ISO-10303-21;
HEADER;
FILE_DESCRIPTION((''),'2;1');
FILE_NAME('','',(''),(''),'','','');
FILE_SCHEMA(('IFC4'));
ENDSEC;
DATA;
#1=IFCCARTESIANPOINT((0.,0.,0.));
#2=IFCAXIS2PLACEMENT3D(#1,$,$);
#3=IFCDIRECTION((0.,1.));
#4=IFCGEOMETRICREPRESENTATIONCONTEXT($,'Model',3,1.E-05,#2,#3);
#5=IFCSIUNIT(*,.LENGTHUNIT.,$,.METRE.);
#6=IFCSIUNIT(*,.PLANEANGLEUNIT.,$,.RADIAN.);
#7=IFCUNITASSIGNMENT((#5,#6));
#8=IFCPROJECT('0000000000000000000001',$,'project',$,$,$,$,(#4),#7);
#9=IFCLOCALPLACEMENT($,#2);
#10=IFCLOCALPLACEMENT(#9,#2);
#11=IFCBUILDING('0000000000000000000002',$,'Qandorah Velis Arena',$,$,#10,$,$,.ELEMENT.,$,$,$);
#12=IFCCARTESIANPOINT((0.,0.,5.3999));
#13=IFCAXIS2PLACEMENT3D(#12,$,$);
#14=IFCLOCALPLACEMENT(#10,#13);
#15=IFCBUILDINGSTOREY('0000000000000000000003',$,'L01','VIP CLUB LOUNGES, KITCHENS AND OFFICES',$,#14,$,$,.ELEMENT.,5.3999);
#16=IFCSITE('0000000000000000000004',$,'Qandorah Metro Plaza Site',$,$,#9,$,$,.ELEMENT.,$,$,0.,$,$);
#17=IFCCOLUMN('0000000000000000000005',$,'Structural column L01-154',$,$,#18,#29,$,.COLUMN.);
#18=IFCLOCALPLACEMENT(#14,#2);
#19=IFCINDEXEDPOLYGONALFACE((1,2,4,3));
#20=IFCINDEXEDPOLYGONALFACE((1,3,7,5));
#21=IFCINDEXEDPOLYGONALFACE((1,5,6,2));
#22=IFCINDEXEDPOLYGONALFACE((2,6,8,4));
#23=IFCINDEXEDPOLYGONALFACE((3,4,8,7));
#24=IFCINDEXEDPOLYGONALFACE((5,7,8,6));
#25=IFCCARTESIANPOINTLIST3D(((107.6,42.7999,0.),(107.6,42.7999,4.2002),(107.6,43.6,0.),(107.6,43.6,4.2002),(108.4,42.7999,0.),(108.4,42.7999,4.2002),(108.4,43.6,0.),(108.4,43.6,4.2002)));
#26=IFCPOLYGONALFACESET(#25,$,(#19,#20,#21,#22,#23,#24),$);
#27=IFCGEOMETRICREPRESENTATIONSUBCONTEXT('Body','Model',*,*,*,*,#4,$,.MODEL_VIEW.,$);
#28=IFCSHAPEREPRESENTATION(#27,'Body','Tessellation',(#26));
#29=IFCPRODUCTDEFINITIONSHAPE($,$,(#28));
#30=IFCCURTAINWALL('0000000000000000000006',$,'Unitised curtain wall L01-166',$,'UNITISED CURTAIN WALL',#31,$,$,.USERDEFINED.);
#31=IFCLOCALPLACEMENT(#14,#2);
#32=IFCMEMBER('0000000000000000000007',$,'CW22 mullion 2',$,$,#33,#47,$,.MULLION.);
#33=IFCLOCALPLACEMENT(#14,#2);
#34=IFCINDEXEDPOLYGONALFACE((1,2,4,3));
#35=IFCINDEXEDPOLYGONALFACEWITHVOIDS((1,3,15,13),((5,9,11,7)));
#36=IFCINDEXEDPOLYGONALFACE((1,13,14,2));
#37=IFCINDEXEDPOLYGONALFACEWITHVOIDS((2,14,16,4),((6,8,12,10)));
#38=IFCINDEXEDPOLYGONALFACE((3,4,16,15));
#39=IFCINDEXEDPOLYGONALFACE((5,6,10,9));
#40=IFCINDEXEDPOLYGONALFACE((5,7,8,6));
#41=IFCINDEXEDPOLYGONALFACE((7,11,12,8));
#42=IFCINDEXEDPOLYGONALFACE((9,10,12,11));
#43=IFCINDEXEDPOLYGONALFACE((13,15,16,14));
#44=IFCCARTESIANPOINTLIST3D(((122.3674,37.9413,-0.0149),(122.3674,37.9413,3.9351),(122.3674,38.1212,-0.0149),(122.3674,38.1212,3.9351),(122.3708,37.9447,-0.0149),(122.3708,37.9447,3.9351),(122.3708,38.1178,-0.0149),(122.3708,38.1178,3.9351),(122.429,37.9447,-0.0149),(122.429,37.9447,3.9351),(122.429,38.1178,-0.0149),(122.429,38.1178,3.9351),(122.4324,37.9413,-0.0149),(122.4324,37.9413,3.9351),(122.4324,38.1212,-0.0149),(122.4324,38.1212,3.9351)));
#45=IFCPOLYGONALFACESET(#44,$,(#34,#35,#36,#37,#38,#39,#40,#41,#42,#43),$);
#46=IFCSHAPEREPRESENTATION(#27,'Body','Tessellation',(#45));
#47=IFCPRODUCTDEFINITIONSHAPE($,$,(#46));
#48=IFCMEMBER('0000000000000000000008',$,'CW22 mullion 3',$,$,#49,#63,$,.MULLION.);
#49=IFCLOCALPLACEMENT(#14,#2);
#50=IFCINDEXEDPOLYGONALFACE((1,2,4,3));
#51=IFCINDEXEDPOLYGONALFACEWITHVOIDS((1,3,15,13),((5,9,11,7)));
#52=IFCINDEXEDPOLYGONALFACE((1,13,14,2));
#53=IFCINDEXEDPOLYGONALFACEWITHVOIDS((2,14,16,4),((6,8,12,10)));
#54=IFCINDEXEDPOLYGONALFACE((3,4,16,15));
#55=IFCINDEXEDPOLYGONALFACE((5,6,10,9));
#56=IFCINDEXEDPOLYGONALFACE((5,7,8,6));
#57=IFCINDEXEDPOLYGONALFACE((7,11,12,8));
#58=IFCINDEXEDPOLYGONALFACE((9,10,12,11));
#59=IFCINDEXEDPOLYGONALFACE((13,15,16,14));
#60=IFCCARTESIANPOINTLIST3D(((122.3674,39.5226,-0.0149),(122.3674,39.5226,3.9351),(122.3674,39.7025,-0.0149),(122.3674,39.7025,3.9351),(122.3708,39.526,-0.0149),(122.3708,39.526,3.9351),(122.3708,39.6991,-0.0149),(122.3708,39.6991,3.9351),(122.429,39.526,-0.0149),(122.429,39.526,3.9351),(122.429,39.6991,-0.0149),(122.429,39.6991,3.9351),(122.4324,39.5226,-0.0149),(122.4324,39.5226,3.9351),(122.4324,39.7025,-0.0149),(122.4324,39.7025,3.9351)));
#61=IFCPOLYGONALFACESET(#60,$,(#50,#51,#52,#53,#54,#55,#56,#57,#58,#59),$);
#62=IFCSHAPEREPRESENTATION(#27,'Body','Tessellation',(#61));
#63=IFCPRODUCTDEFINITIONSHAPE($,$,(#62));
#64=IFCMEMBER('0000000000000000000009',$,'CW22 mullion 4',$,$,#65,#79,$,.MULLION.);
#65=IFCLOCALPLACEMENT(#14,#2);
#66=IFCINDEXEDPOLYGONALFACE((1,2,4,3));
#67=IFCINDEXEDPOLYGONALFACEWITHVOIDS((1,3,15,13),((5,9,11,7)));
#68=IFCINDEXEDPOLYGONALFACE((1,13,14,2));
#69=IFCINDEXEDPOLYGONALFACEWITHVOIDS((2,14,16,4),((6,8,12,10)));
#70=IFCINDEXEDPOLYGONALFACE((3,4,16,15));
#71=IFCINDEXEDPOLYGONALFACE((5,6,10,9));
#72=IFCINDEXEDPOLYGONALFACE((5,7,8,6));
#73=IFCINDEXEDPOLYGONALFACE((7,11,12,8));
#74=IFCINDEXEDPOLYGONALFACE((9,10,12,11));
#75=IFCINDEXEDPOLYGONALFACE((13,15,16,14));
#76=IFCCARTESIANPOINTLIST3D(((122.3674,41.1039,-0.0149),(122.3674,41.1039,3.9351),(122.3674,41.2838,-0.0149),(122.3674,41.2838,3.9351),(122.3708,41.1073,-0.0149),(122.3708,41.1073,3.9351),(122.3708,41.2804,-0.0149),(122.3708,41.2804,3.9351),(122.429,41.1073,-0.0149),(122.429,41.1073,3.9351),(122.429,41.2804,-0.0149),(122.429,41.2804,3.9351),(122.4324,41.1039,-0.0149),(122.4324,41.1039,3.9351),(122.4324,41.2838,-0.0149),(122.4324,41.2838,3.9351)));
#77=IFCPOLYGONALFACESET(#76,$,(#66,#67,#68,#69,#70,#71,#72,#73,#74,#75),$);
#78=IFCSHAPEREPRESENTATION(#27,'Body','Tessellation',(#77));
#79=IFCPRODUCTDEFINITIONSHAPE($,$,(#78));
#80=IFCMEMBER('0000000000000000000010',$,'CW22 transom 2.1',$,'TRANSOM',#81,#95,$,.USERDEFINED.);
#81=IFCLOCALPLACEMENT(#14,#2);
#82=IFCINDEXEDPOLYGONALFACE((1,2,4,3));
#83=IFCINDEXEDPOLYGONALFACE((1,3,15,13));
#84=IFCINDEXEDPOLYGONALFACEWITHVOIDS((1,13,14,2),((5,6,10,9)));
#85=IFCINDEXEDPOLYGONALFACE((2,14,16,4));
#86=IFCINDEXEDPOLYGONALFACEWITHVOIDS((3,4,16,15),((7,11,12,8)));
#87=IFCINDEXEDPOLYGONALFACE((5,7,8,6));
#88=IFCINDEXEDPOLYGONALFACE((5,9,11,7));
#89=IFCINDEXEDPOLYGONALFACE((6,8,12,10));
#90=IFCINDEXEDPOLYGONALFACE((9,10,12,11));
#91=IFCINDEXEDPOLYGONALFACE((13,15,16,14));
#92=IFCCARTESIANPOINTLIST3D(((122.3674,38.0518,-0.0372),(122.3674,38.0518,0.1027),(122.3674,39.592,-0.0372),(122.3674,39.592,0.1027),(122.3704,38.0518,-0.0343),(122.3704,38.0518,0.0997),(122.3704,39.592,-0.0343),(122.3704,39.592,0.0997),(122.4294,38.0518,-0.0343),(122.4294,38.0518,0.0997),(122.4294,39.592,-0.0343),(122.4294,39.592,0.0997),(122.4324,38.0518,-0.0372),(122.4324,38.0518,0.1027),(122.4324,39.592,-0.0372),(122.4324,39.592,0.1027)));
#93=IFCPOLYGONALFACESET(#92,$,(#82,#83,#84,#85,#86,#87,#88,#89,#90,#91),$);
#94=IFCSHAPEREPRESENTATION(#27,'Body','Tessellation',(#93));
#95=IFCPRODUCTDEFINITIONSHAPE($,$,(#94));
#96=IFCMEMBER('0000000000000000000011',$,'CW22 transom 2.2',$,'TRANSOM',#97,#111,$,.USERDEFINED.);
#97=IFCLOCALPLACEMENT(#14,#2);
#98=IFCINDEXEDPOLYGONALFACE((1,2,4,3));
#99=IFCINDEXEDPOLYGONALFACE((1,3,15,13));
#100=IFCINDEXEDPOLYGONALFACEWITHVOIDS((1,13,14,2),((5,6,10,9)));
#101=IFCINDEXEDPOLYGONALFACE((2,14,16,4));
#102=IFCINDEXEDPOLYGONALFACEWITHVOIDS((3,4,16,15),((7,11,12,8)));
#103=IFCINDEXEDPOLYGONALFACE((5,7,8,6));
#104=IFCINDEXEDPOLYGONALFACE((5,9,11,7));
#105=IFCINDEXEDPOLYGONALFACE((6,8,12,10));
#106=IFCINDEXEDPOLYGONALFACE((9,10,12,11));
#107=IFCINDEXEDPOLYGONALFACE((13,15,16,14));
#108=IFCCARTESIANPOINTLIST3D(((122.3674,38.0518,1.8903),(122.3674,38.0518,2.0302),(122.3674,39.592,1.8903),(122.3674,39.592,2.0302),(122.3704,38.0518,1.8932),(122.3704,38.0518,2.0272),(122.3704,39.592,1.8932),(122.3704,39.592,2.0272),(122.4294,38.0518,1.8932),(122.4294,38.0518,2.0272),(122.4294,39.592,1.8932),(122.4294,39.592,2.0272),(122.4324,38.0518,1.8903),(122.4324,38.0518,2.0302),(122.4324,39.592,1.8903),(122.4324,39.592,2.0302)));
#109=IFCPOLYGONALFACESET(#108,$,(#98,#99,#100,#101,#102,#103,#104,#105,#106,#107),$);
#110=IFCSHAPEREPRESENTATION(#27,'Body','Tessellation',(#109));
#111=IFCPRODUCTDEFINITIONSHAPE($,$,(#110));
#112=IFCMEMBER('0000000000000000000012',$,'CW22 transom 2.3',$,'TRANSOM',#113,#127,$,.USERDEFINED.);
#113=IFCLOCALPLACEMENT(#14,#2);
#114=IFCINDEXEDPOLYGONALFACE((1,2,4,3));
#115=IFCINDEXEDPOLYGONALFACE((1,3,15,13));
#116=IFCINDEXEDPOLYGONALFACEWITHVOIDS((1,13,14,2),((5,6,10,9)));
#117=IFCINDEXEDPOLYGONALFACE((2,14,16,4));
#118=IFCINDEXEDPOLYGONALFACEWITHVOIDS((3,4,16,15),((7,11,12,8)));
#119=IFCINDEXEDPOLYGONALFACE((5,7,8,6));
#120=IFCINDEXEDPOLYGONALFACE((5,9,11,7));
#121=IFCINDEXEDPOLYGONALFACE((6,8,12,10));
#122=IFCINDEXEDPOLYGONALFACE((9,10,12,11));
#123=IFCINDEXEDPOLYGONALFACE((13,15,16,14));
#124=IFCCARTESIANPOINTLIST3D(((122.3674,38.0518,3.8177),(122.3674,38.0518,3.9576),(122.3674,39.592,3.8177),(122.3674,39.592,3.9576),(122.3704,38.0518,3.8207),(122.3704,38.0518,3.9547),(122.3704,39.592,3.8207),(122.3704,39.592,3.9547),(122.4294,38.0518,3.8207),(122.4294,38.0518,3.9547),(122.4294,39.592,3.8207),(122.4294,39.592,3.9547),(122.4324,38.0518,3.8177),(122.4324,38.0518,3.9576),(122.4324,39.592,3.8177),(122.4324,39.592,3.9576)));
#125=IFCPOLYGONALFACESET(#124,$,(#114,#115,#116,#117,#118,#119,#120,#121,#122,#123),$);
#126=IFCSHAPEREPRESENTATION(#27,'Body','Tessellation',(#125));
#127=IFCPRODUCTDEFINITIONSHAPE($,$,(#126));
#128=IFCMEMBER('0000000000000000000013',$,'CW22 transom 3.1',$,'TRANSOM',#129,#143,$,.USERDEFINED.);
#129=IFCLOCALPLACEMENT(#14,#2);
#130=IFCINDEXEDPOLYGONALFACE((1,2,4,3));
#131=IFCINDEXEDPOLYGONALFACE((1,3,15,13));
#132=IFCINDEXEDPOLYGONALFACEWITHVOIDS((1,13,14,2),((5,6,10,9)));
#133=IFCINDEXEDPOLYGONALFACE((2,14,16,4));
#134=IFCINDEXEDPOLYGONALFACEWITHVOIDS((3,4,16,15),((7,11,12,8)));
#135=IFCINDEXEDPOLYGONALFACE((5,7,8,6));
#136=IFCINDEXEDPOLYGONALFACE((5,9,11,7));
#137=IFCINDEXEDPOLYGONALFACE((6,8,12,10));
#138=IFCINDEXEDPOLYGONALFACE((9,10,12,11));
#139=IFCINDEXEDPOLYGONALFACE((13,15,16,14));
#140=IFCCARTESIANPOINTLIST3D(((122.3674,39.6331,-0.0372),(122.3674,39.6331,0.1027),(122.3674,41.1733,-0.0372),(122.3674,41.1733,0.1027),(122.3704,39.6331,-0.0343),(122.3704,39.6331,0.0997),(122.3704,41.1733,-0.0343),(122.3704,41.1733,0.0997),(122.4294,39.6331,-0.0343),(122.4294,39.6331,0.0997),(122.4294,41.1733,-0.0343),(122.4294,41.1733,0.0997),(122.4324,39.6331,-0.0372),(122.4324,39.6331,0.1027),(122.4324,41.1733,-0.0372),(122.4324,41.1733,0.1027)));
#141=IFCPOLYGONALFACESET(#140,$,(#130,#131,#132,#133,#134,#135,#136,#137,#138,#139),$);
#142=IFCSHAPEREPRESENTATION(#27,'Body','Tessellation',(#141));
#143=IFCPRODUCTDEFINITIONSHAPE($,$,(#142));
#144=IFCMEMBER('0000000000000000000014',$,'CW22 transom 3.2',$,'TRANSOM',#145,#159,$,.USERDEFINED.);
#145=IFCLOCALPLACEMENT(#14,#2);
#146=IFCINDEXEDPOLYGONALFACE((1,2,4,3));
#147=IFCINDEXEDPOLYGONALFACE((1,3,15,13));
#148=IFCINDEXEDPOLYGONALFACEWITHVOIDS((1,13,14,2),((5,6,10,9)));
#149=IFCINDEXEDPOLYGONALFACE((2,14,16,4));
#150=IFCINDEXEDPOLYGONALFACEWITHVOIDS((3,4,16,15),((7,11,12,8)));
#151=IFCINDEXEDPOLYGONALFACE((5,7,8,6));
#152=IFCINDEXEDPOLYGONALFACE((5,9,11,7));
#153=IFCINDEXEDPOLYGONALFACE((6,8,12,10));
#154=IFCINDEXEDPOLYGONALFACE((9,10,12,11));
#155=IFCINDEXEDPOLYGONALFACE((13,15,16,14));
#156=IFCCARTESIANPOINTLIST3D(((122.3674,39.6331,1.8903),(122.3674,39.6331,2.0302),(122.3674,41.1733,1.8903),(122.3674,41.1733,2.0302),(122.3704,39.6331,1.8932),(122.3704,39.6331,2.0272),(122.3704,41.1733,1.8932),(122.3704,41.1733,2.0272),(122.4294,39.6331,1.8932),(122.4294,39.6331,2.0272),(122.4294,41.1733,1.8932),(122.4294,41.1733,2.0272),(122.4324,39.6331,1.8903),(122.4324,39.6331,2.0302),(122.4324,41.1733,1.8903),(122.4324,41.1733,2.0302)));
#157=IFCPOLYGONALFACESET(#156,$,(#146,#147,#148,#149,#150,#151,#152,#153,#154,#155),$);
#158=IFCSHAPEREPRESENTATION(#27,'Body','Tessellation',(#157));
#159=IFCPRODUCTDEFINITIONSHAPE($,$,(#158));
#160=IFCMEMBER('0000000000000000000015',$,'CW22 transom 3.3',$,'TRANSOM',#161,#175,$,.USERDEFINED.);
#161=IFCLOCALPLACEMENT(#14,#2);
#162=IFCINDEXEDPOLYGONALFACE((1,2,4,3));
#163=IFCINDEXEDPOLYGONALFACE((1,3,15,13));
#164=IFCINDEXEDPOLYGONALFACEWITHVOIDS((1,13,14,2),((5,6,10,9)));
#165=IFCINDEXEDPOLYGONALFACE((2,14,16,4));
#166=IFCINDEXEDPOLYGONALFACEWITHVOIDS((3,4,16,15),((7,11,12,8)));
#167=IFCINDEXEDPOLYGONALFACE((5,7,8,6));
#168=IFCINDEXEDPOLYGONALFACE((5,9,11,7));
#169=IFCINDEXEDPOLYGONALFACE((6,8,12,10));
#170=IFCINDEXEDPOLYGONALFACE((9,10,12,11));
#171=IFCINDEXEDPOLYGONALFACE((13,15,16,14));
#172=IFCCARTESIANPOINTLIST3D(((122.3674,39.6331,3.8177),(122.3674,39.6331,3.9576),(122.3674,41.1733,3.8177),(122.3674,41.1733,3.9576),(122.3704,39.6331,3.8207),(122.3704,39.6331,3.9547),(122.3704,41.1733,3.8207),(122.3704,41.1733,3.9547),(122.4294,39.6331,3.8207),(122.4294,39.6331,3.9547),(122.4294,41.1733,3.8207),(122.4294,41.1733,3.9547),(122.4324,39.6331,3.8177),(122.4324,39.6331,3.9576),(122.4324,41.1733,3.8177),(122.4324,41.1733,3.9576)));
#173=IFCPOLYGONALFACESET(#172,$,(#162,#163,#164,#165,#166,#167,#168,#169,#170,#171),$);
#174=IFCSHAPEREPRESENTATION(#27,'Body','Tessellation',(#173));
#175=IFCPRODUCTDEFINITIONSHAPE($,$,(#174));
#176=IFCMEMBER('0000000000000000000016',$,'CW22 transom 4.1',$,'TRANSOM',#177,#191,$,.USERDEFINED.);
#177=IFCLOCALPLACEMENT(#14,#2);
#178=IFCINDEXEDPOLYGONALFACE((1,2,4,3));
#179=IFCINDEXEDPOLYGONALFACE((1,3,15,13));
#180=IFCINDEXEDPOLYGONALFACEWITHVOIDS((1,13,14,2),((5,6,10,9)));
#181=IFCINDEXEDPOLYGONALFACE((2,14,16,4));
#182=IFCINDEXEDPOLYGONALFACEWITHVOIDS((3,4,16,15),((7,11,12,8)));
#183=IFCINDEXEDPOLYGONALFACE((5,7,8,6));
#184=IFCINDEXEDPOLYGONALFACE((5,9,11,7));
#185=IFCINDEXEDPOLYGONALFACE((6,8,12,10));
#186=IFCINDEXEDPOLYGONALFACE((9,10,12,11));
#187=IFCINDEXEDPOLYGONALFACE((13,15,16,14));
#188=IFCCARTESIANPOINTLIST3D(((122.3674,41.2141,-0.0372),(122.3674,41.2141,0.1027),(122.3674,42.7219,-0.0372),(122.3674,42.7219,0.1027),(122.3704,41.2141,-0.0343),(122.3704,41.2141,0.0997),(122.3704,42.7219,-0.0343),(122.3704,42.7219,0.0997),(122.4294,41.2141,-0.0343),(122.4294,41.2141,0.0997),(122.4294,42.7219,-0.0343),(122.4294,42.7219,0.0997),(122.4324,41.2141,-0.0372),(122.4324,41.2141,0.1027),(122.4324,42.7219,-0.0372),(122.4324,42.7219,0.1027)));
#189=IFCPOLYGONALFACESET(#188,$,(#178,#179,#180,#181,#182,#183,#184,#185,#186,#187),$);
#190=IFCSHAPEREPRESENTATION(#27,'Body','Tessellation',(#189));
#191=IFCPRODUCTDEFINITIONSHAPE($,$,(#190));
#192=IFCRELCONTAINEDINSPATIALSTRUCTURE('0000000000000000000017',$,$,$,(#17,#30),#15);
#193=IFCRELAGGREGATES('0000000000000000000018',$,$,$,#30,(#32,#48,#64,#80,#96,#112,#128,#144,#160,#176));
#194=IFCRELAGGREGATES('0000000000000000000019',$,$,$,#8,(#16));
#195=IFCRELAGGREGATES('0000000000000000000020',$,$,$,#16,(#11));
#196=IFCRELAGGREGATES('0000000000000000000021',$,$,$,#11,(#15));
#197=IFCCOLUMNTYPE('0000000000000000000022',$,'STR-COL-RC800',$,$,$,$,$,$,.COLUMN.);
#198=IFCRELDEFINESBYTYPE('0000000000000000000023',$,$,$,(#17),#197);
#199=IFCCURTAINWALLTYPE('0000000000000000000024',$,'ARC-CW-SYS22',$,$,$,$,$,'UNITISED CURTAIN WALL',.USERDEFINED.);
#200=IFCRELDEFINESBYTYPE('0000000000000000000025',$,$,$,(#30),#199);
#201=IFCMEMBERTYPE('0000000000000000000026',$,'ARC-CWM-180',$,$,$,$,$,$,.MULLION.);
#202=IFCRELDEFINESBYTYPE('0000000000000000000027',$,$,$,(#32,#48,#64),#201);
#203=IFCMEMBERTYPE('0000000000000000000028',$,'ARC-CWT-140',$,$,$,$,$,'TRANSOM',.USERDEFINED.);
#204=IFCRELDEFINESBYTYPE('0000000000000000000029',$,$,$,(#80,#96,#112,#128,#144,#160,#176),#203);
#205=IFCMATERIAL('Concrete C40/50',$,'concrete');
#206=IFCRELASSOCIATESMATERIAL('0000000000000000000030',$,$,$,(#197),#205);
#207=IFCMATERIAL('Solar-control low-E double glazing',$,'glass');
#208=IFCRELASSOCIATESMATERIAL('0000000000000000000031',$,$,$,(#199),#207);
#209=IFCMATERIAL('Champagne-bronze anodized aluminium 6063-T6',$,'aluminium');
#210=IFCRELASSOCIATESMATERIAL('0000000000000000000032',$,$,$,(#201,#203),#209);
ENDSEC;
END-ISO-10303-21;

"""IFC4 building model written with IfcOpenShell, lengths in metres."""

from ifc_helpers import new_model, si_unit, direction, frame, origin, origin_2d, place, context, subcontext, project, spatial, rectangle, hollow_rectangle, extrude, material, material_profile, profile_set, type_object, element, aggregate, save


model = new_model("IFC4")

# Units and contexts
model_context = context("Model", 3, precision=1e-05, world=origin(), true_north=direction((0.0, 1.0)))
body_context = subcontext(model_context, "Body", "Model", "MODEL_VIEW")
ifc_project = project(units=[si_unit("LENGTHUNIT", "METRE"), si_unit("PLANEANGLEUNIT", "RADIAN")], contexts=[model_context])

# Site, building, storey
site_placement = place(None, origin())
site = spatial("IfcSite", under=ifc_project, at=site_placement, Name="Qandorah Metro Plaza Site", CompositionType="ELEMENT", RefElevation=0.0)
building_placement = place(site_placement, origin())
building = spatial("IfcBuilding", under=site, at=building_placement, Name="Qandorah Velis Arena", CompositionType="ELEMENT")
storey_placement = place(building_placement, frame((0.0, 0.0, 5.3999)))
storey = spatial("IfcBuildingStorey", under=building, at=storey_placement, Name="L01", Description="VIP CLUB LOUNGES, KITCHENS AND OFFICES", CompositionType="ELEMENT", Elevation=5.3999)

# Column
ifc_material_1 = material(Name="Concrete C40/50", Category="concrete")
ifc_material_profile_1 = material_profile(ifc_material_1, rectangle(XDim=0.8, YDim=0.8, at=origin_2d()), Name="RC COL 800x800")
ifc_profile_set_1 = profile_set([ifc_material_profile_1], Name="Concrete C40/50")
column_type = type_object("IfcColumnType", Name="STR-COL-RC800", PredefinedType="COLUMN", material=ifc_profile_set_1)
column_placement = place(storey_placement, frame((108.0, 43.2, 0.0), z_axis=(0.0, 0.0, 1.0), x_axis=(1.0, 0.0, 0.0)))
element("IfcColumn", 1, at=column_placement, inside=storey, type_object=column_type, Name="Structural column L01-154", PredefinedType="COLUMN", context=body_context, shape_type="SweptSolid", body=[
    extrude(rectangle(XDim=0.8, YDim=0.8, at=origin_2d()), origin(), (0.0, 0.0, 1.0), 4.2002),
])

# Curtain wall, members
ifc_material_2 = material(Name="Solar-control low-E double glazing", Category="glass")
curtain_wall_type = type_object("IfcCurtainWallType", Name="ARC-CW-SYS22", ElementType="UNITISED CURTAIN WALL", PredefinedType="USERDEFINED", material=ifc_material_2)
curtain_wall_placement = place(storey_placement, origin())
curtain_wall = element("IfcCurtainWall", 2, at=curtain_wall_placement, inside=storey, type_object=curtain_wall_type, Name="Unitised curtain wall L01-166", ObjectType="UNITISED CURTAIN WALL", PredefinedType="USERDEFINED")
ifc_material_3 = material(Name="Champagne-bronze anodized aluminium 6063-T6", Category="aluminium")
ifc_material_profile_2 = material_profile(ifc_material_3, hollow_rectangle(XDim=0.0649, YDim=0.1799, WallThickness=0.0034, at=origin_2d()), Name="ALU MULLION 65x180")
ifc_profile_set_2 = profile_set([ifc_material_profile_2], Name="Champagne-bronze anodized aluminium 6063-T6")
member_type_1 = type_object("IfcMemberType", Name="ARC-CWM-180", PredefinedType="MULLION", material=ifc_profile_set_2)
member_1_placement = place(storey_placement, frame((122.3999, 38.0312, -0.0149), z_axis=(0.0, 0.0, 1.0), x_axis=(-1.0, 0.0, 0.0)))
member_1 = element("IfcMember", 3, at=member_1_placement, type_object=member_type_1, Name="CW22 mullion 2", PredefinedType="MULLION", context=body_context, shape_type="SweptSolid", body=[
    extrude(hollow_rectangle(XDim=0.0649, YDim=0.1799, WallThickness=0.0034, at=origin_2d()), origin(), (0.0, 0.0, 1.0), 3.95),
])
member_2_placement = place(storey_placement, frame((122.3999, 39.6125, -0.0149), z_axis=(0.0, 0.0, 1.0), x_axis=(-1.0, 0.0, 0.0)))
member_2 = element("IfcMember", 4, at=member_2_placement, type_object=member_type_1, Name="CW22 mullion 3", PredefinedType="MULLION", context=body_context, shape_type="SweptSolid", body=[
    extrude(hollow_rectangle(XDim=0.0649, YDim=0.1799, WallThickness=0.0034, at=origin_2d()), origin(), (0.0, 0.0, 1.0), 3.95),
])
member_3_placement = place(storey_placement, frame((122.3999, 41.1938, -0.0149), z_axis=(0.0, 0.0, 1.0), x_axis=(-1.0, 0.0, 0.0)))
member_3 = element("IfcMember", 5, at=member_3_placement, type_object=member_type_1, Name="CW22 mullion 4", PredefinedType="MULLION", context=body_context, shape_type="SweptSolid", body=[
    extrude(hollow_rectangle(XDim=0.0649, YDim=0.1799, WallThickness=0.0034, at=origin_2d()), origin(), (0.0, 0.0, 1.0), 3.95),
])
ifc_material_profile_3 = material_profile(ifc_material_3, hollow_rectangle(XDim=0.0649, YDim=0.1399, WallThickness=0.0029, at=origin_2d()), Name="ALU TRANSOM 65x140")
ifc_profile_set_3 = profile_set([ifc_material_profile_3], Name="Champagne-bronze anodized aluminium 6063-T6")
member_type_2 = type_object("IfcMemberType", Name="ARC-CWT-140", ElementType="TRANSOM", PredefinedType="USERDEFINED", material=ifc_profile_set_3)
member_4_placement = place(storey_placement, frame((122.3999, 38.0518, 0.0327), z_axis=(0.0, 1.0, 0.0), x_axis=(-1.0, 0.0, 0.0)))
member_4 = element("IfcMember", 6, at=member_4_placement, type_object=member_type_2, Name="CW22 transom 2.1", ObjectType="TRANSOM", PredefinedType="USERDEFINED", context=body_context, shape_type="SweptSolid", body=[
    extrude(hollow_rectangle(XDim=0.0649, YDim=0.1399, WallThickness=0.0029, at=origin_2d()), origin(), (0.0, 0.0, 1.0), 1.5403),
])
member_5_placement = place(storey_placement, frame((122.3999, 38.0518, 1.9602), z_axis=(0.0, 1.0, 0.0), x_axis=(-1.0, 0.0, 0.0)))
member_5 = element("IfcMember", 7, at=member_5_placement, type_object=member_type_2, Name="CW22 transom 2.2", ObjectType="TRANSOM", PredefinedType="USERDEFINED", context=body_context, shape_type="SweptSolid", body=[
    extrude(hollow_rectangle(XDim=0.0649, YDim=0.1399, WallThickness=0.0029, at=origin_2d()), origin(), (0.0, 0.0, 1.0), 1.5403),
])
member_6_placement = place(storey_placement, frame((122.3999, 38.0518, 3.8877), z_axis=(0.0, 1.0, 0.0), x_axis=(-1.0, 0.0, 0.0)))
member_6 = element("IfcMember", 8, at=member_6_placement, type_object=member_type_2, Name="CW22 transom 2.3", ObjectType="TRANSOM", PredefinedType="USERDEFINED", context=body_context, shape_type="SweptSolid", body=[
    extrude(hollow_rectangle(XDim=0.0649, YDim=0.1399, WallThickness=0.0029, at=origin_2d()), origin(), (0.0, 0.0, 1.0), 1.5403),
])
member_7_placement = place(storey_placement, frame((122.3999, 39.6331, 0.0327), z_axis=(0.0, 1.0, 0.0), x_axis=(-1.0, 0.0, 0.0)))
member_7 = element("IfcMember", 9, at=member_7_placement, type_object=member_type_2, Name="CW22 transom 3.1", ObjectType="TRANSOM", PredefinedType="USERDEFINED", context=body_context, shape_type="SweptSolid", body=[
    extrude(hollow_rectangle(XDim=0.0649, YDim=0.1399, WallThickness=0.0029, at=origin_2d()), origin(), (0.0, 0.0, 1.0), 1.5403),
])
member_8_placement = place(storey_placement, frame((122.3999, 39.6331, 1.9602), z_axis=(0.0, 1.0, 0.0), x_axis=(-1.0, 0.0, 0.0)))
member_8 = element("IfcMember", 10, at=member_8_placement, type_object=member_type_2, Name="CW22 transom 3.2", ObjectType="TRANSOM", PredefinedType="USERDEFINED", context=body_context, shape_type="SweptSolid", body=[
    extrude(hollow_rectangle(XDim=0.0649, YDim=0.1399, WallThickness=0.0029, at=origin_2d()), origin(), (0.0, 0.0, 1.0), 1.5403),
])
member_9_placement = place(storey_placement, frame((122.3999, 39.6331, 3.8877), z_axis=(0.0, 1.0, 0.0), x_axis=(-1.0, 0.0, 0.0)))
member_9 = element("IfcMember", 11, at=member_9_placement, type_object=member_type_2, Name="CW22 transom 3.3", ObjectType="TRANSOM", PredefinedType="USERDEFINED", context=body_context, shape_type="SweptSolid", body=[
    extrude(hollow_rectangle(XDim=0.0649, YDim=0.1399, WallThickness=0.0029, at=origin_2d()), origin(), (0.0, 0.0, 1.0), 1.5403),
])
member_10_placement = place(storey_placement, frame((122.3999, 41.2141, 0.0327), z_axis=(0.0, 1.0, 0.0), x_axis=(-1.0, 0.0, 0.0)))
member_10 = element("IfcMember", 12, at=member_10_placement, type_object=member_type_2, Name="CW22 transom 4.1", ObjectType="TRANSOM", PredefinedType="USERDEFINED", context=body_context, shape_type="SweptSolid", body=[
    extrude(hollow_rectangle(XDim=0.0649, YDim=0.1399, WallThickness=0.0029, at=origin_2d()), origin(), (0.0, 0.0, 1.0), 1.5078),
])
aggregate(curtain_wall, [member_1, member_2, member_3, member_4, member_5, member_6, member_7, member_8, member_9, member_10])

save(model, "model.ifc")
